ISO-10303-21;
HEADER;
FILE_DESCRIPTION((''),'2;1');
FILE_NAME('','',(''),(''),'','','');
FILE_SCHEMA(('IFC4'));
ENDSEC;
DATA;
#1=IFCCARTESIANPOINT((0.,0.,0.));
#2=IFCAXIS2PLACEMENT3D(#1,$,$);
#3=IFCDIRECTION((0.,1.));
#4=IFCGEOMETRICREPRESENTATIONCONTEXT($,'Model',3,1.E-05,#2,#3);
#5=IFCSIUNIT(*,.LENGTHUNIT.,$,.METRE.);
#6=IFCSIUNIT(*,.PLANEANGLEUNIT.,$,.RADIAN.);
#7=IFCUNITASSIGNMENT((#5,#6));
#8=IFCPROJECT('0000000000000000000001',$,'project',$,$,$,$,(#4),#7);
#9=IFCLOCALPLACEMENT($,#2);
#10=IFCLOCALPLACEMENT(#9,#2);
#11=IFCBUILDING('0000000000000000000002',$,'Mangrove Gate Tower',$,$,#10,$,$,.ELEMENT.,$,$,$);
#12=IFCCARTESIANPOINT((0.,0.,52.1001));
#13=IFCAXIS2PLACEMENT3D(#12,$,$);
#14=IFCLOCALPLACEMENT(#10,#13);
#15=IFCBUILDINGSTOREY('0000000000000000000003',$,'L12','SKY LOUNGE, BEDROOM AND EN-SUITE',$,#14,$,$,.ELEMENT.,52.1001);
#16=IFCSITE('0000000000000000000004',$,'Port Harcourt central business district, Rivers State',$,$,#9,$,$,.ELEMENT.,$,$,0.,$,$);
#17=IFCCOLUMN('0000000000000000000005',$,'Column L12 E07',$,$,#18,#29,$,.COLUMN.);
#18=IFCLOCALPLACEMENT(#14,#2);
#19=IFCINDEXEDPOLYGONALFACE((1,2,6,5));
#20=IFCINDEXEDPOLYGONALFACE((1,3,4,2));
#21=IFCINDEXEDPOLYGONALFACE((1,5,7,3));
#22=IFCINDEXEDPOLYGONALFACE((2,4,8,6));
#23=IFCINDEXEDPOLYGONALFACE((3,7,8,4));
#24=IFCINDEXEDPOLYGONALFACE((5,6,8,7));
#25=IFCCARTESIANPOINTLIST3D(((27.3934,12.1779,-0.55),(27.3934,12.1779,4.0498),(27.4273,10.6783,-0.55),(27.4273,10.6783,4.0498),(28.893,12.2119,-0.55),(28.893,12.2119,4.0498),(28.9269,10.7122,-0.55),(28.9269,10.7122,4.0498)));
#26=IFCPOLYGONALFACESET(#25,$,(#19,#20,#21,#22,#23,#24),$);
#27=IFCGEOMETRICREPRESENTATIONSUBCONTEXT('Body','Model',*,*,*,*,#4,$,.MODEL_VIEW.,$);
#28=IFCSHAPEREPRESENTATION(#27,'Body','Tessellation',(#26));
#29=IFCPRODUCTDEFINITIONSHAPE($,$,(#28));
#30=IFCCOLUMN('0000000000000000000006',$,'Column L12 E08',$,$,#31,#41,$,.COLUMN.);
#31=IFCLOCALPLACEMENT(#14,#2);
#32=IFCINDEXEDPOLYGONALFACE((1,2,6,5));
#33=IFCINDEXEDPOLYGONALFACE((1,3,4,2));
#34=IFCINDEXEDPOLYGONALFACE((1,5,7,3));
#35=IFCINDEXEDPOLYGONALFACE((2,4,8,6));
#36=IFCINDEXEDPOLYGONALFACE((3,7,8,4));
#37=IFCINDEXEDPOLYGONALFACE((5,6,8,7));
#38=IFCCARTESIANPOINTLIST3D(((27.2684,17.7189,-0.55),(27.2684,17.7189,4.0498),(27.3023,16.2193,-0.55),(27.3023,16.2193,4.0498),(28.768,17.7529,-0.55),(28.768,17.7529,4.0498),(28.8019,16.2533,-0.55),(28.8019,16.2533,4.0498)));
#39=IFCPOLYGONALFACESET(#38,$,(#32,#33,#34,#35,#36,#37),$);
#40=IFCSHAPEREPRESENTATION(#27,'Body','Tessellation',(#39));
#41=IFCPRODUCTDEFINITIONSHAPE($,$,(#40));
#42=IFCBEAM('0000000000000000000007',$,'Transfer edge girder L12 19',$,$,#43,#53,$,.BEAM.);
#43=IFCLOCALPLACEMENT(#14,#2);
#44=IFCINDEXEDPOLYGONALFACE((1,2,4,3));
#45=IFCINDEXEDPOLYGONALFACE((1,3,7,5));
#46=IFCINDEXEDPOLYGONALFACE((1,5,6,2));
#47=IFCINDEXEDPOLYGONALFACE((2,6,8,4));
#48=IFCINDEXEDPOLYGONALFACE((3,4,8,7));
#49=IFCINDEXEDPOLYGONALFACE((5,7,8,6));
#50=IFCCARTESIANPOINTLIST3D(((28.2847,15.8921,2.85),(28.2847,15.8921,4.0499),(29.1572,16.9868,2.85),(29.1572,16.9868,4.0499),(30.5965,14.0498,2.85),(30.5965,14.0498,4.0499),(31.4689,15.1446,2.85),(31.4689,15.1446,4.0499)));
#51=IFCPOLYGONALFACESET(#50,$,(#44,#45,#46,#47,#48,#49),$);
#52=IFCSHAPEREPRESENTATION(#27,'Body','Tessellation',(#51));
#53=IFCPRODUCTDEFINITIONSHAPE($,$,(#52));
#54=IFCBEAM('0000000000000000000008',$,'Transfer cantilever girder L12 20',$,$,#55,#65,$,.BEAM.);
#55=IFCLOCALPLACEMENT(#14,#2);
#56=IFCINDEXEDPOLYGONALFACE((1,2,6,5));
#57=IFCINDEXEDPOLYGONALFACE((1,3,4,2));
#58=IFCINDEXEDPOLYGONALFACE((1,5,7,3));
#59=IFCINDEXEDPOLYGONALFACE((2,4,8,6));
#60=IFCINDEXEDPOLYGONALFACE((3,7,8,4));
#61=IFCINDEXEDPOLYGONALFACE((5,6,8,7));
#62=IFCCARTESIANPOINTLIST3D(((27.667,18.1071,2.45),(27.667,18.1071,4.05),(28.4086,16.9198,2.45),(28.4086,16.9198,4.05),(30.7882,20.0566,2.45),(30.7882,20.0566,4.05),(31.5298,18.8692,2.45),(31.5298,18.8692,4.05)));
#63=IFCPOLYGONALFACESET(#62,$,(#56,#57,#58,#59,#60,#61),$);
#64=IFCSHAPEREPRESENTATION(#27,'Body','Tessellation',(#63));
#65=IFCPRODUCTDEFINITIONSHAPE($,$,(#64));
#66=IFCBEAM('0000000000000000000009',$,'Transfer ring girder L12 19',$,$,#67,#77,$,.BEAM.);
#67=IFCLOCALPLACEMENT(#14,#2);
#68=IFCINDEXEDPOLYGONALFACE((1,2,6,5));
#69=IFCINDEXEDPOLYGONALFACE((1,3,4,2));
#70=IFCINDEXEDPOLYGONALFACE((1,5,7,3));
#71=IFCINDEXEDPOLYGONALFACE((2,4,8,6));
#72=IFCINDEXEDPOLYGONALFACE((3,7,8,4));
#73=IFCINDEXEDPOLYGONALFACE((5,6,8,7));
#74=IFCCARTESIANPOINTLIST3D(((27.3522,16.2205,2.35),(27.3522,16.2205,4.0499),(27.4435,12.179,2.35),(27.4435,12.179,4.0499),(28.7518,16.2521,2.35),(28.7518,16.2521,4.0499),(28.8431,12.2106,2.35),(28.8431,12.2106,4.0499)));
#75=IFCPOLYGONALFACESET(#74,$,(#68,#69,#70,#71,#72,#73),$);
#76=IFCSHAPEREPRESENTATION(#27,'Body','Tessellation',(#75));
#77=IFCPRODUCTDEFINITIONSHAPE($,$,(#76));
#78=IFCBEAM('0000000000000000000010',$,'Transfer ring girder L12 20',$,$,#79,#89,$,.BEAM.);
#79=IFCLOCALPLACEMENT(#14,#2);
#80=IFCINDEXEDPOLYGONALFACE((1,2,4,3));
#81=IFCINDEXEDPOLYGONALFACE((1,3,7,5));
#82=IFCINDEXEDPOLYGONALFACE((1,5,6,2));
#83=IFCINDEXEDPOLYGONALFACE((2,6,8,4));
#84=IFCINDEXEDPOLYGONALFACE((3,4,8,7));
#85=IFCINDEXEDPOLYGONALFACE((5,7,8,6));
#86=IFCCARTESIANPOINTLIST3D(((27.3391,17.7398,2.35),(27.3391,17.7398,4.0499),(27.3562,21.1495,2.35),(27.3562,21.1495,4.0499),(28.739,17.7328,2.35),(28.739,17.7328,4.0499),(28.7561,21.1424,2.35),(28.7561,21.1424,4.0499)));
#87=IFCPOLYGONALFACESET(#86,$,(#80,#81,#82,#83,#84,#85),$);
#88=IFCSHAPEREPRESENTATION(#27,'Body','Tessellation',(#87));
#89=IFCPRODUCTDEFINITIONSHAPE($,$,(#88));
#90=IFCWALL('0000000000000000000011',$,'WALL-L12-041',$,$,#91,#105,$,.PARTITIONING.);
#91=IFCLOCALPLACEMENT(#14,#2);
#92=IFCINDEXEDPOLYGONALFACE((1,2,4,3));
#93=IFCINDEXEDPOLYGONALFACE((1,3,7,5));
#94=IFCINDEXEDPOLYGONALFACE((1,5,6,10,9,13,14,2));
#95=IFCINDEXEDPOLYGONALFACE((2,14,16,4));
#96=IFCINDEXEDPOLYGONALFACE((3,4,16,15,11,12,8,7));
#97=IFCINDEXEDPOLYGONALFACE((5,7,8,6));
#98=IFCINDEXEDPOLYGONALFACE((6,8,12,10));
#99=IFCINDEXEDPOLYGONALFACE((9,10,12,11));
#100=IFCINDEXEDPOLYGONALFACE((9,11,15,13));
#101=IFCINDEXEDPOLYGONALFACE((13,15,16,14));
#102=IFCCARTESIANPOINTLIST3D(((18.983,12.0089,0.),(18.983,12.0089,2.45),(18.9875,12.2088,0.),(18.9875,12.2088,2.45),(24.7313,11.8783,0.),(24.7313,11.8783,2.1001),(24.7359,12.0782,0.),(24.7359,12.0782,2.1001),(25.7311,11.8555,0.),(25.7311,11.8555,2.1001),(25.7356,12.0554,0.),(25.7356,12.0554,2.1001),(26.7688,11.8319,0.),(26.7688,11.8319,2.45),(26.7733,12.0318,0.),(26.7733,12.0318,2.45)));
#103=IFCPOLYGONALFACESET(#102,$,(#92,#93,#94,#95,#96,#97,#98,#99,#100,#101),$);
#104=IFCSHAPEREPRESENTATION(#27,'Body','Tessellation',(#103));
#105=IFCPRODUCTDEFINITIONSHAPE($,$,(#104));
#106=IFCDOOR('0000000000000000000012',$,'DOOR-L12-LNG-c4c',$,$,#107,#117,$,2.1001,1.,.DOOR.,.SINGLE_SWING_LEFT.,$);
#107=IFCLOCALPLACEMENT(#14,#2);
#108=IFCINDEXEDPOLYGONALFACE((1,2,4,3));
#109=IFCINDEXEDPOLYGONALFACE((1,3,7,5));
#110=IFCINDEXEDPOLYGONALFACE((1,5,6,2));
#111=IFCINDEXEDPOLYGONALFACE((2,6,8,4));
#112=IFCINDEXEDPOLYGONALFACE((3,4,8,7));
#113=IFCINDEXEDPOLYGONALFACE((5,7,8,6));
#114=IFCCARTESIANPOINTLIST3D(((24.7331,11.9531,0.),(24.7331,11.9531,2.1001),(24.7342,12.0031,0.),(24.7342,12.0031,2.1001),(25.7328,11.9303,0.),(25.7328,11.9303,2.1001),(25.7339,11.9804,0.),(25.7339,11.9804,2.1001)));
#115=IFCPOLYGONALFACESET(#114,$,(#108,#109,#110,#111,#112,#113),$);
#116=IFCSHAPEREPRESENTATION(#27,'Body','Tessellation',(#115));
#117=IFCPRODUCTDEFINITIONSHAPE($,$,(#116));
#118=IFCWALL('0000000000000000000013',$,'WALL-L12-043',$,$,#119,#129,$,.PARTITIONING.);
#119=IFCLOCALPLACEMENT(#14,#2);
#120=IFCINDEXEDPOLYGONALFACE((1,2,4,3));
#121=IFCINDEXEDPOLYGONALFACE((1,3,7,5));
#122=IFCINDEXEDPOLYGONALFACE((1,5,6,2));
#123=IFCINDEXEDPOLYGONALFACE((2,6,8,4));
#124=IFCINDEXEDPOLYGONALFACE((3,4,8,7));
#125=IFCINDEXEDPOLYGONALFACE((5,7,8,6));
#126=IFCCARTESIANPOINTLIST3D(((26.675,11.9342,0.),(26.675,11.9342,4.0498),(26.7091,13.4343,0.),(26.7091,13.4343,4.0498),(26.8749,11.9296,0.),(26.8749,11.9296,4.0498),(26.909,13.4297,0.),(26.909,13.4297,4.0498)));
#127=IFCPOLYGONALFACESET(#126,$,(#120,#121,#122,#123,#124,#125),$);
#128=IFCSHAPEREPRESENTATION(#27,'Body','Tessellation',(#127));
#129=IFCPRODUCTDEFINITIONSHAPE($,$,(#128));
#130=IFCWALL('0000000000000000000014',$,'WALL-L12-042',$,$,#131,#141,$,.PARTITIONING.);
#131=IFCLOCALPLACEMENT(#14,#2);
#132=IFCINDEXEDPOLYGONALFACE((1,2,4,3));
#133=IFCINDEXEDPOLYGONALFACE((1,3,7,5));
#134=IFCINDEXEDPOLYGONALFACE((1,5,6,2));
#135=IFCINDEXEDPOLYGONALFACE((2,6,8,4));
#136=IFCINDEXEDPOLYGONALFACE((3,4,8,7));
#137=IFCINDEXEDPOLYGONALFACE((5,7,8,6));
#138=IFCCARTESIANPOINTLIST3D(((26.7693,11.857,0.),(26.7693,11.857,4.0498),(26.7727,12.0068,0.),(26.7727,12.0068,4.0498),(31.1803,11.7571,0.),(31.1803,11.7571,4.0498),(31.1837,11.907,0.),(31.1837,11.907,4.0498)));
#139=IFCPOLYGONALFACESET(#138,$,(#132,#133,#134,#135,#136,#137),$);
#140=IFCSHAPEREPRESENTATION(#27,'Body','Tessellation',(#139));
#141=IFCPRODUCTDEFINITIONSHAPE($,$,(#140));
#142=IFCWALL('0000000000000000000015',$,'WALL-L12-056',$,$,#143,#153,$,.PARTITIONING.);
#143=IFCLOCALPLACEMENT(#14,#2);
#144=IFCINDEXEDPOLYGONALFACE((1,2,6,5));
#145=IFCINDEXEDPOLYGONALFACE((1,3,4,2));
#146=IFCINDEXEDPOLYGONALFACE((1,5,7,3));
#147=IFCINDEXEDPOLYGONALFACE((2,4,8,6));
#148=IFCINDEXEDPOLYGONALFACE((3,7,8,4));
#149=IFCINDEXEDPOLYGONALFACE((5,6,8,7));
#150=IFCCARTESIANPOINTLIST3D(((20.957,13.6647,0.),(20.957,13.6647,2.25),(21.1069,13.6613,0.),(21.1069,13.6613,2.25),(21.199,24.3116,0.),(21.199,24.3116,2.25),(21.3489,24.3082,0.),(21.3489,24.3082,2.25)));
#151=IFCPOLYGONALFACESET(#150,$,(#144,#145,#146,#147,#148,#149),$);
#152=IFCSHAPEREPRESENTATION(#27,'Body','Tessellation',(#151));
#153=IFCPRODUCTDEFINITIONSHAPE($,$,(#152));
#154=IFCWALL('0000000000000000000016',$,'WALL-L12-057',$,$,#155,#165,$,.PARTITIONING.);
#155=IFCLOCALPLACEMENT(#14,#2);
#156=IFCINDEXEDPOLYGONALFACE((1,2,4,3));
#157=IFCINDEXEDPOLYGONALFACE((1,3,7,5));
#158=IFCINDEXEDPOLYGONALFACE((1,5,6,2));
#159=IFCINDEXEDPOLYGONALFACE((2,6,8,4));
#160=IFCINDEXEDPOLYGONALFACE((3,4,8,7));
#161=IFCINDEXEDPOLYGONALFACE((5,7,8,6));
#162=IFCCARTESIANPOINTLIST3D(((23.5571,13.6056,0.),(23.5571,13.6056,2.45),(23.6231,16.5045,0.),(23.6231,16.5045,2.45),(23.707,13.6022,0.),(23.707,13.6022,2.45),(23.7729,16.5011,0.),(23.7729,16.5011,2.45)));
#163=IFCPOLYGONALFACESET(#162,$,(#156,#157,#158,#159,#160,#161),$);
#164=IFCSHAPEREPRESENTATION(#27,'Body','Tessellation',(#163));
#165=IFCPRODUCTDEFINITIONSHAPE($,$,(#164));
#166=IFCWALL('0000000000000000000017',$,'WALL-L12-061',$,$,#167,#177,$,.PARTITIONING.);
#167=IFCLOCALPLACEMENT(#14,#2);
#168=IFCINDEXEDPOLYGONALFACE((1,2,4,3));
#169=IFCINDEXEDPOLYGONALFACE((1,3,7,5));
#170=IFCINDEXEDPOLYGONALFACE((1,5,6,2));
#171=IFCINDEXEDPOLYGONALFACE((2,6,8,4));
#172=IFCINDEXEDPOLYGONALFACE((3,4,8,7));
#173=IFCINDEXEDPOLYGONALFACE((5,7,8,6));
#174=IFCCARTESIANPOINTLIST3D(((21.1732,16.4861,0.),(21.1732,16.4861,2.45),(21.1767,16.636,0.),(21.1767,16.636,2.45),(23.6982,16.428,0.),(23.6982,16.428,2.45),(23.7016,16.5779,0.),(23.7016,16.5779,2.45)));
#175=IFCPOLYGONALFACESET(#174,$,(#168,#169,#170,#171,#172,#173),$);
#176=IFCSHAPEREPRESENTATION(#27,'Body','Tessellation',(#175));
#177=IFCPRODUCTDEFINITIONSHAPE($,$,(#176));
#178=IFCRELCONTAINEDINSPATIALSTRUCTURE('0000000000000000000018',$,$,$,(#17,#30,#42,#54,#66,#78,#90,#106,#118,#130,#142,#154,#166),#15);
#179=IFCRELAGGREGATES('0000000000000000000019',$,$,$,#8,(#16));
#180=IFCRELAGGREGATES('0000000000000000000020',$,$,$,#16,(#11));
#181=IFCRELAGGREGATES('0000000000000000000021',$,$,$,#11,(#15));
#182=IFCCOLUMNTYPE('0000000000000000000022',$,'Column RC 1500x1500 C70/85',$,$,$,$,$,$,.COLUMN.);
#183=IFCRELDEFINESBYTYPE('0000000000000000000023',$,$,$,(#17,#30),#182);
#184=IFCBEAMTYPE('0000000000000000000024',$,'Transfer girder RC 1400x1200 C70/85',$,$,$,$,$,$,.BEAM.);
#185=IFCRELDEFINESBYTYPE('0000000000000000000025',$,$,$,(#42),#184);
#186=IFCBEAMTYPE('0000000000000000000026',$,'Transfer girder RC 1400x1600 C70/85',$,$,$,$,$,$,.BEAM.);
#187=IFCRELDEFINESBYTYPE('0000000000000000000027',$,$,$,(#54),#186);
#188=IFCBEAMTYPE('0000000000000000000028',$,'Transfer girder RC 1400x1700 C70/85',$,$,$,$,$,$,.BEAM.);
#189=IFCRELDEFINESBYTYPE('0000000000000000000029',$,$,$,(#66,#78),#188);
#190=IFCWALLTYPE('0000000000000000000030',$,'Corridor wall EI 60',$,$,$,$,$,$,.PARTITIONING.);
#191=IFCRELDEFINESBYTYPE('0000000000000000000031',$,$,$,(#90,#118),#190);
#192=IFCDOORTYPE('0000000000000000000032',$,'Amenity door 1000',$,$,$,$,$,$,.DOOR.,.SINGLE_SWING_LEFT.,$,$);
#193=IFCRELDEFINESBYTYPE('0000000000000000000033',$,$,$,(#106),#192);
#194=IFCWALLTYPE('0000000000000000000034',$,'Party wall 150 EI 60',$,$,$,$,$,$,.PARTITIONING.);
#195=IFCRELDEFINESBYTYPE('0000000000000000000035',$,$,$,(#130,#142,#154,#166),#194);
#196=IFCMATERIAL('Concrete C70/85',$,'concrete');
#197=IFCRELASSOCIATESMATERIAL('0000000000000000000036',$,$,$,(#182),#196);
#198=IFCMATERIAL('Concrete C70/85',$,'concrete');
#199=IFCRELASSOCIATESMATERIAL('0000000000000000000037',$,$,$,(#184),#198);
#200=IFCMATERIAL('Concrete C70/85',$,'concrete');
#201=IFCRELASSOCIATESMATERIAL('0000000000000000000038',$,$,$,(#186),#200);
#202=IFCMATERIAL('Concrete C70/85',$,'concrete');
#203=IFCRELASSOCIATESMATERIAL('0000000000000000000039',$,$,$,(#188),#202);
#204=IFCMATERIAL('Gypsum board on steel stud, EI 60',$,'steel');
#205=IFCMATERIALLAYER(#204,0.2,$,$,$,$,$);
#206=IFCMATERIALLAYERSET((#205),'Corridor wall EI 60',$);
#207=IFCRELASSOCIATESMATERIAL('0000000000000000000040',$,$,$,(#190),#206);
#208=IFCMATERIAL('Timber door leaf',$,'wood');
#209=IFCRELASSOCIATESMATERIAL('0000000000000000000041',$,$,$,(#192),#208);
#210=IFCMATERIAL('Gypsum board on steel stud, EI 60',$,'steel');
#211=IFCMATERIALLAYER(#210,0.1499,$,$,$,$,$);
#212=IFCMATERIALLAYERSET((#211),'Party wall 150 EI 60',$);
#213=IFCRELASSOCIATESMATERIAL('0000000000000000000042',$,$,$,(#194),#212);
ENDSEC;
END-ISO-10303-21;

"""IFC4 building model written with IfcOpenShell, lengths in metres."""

from ifc_helpers import new_model, si_unit, direction, frame, frame_2d, origin, origin_2d, place, context, subcontext, project, spatial, rectangle, extrude, material, layer, layer_set, material_profile, profile_set, type_object, element, fill, save


model = new_model("IFC4")

# Units and contexts
model_context = context("Model", 3, precision=1e-05, world=origin(), true_north=direction((0.0, 1.0)))
body_context = subcontext(model_context, "Body", "Model", "MODEL_VIEW")
ifc_project = project(units=[si_unit("LENGTHUNIT", "METRE"), si_unit("PLANEANGLEUNIT", "RADIAN")], contexts=[model_context])

# Site, building, storey
site_placement = place(None, origin())
site = spatial("IfcSite", under=ifc_project, at=site_placement, Name="Port Harcourt central business district, Rivers State", CompositionType="ELEMENT", RefElevation=0.0)
building_placement = place(site_placement, origin())
building = spatial("IfcBuilding", under=site, at=building_placement, Name="Mangrove Gate Tower", CompositionType="ELEMENT")
storey_placement = place(building_placement, frame((0.0, 0.0, 52.1001)))
storey = spatial("IfcBuildingStorey", under=building, at=storey_placement, Name="L12", Description="SKY LOUNGE, BEDROOM AND EN-SUITE", CompositionType="ELEMENT", Elevation=52.1001)

# Columns
ifc_material_1 = material(Name="Concrete C70/85", Category="concrete")
ifc_material_profile_1 = material_profile(ifc_material_1, rectangle(XDim=1.5, YDim=1.5, at=origin_2d()))
ifc_profile_set_1 = profile_set([ifc_material_profile_1], Name="Concrete C70/85")
column_type = type_object("IfcColumnType", Name="Column RC 1500x1500 C70/85", PredefinedType="COLUMN", material=ifc_profile_set_1)
for number, where, z_axis, x_axis, name in (
    (1, (28.1602, 11.4451, -0.55), (0.0, 0.0, 1.0), (-0.022646, 0.999744, 0.0), "Column L12 E07"),
    (2, (28.0352, 16.9861, -0.55), (0.0, 0.0, 1.0), (-0.022646, 0.999744, 0.0), "Column L12 E08"),
):
    element("IfcColumn", number, at=place(storey_placement, frame(where, z_axis=z_axis, x_axis=x_axis)), inside=storey, type_object=column_type, Name=name, PredefinedType="COLUMN", context=body_context, shape_type="SweptSolid", body=[
        extrude(rectangle(XDim=1.5, YDim=1.5, at=origin_2d()), origin(), (0.0, 0.0, 1.0), 4.5999),
    ])

# Beams
ifc_material_2 = material(Name="Concrete C70/85", Category="concrete")
ifc_material_profile_2 = material_profile(ifc_material_2, rectangle(XDim=1.3999, YDim=1.2, at=origin_2d()))
ifc_profile_set_2 = profile_set([ifc_material_profile_2], Name="Concrete C70/85")
beam_type_1 = type_object("IfcBeamType", Name="Transfer girder RC 1400x1200 C70/85", PredefinedType="BEAM", material=ifc_profile_set_2)
beam_1_placement = place(storey_placement, frame((28.7209, 16.4395, 3.45), z_axis=(0.782044, -0.623223, 0.0), x_axis=(0.623223, 0.782044, 0.0)))
element("IfcBeam", 3, at=beam_1_placement, inside=storey, type_object=beam_type_1, Name="Transfer edge girder L12 19", PredefinedType="BEAM", context=body_context, shape_type="SweptSolid", body=[
    extrude(rectangle(XDim=1.3999, YDim=1.2, at=origin_2d()), origin(), (0.0, 0.0, 1.0), 2.9561),
])
ifc_material_3 = material(Name="Concrete C70/85", Category="concrete")
ifc_material_profile_3 = material_profile(ifc_material_3, rectangle(XDim=1.3999, YDim=1.6001, at=origin_2d()))
ifc_profile_set_3 = profile_set([ifc_material_profile_3], Name="Concrete C70/85")
beam_type_2 = type_object("IfcBeamType", Name="Transfer girder RC 1400x1600 C70/85", PredefinedType="BEAM", material=ifc_profile_set_3)
beam_2_placement = place(storey_placement, frame((28.0378, 17.5134, 3.25), z_axis=(0.848147, 0.52976, 0.0), x_axis=(-0.52976, 0.848147, 0.0)))
element("IfcBeam", 4, at=beam_2_placement, inside=storey, type_object=beam_type_2, Name="Transfer cantilever girder L12 20", PredefinedType="BEAM", context=body_context, shape_type="SweptSolid", body=[
    extrude(rectangle(XDim=1.3999, YDim=1.6001, at=origin_2d()), origin(), (0.0, 0.0, 1.0), 3.6799),
])
ifc_material_4 = material(Name="Concrete C70/85", Category="concrete")
ifc_material_profile_4 = material_profile(ifc_material_4, rectangle(XDim=1.3999, YDim=1.7, at=origin_2d()))
ifc_profile_set_4 = profile_set([ifc_material_profile_4], Name="Concrete C70/85")
beam_type_3 = type_object("IfcBeamType", Name="Transfer girder RC 1400x1700 C70/85", PredefinedType="BEAM", material=ifc_profile_set_4)
beam_3_placement = place(storey_placement, frame((28.1433, 12.1948, 3.2), z_axis=(-0.022587, 0.999745, 0.0), x_axis=(-0.999745, -0.022587, 0.0)))
element("IfcBeam", 5, at=beam_3_placement, inside=storey, type_object=beam_type_3, Name="Transfer ring girder L12 19", PredefinedType="BEAM", context=body_context, shape_type="SweptSolid", body=[
    extrude(rectangle(XDim=1.3999, YDim=1.7, at=origin_2d()), origin(), (0.0, 0.0, 1.0), 4.0425),
])
beam_4_placement = place(storey_placement, frame((28.0391, 17.7363, 3.2), z_axis=(0.005012, 0.999987, 0.0), x_axis=(-0.999987, 0.005012, 0.0)))
element("IfcBeam", 6, at=beam_4_placement, inside=storey, type_object=beam_type_3, Name="Transfer ring girder L12 20", PredefinedType="BEAM", context=body_context, shape_type="SweptSolid", body=[
    extrude(rectangle(XDim=1.3999, YDim=1.7, at=origin_2d()), origin(), (0.0, 0.0, 1.0), 3.4097),
])

# Wall, opening, door
ifc_material_5 = material(Name="Gypsum board on steel stud, EI 60", Category="steel")
ifc_layer_1 = layer(ifc_material_5, 0.2)
ifc_layer_set_1 = layer_set([ifc_layer_1], Name="Corridor wall EI 60")
wall_type_1 = type_object("IfcWallType", Name="Corridor wall EI 60", PredefinedType="PARTITIONING", material=ifc_layer_set_1)
wall_1_placement = place(storey_placement, frame((18.9851, 12.1089, 0.0), z_axis=(0.0, 0.0, 1.0), x_axis=(0.999742, -0.022728, 0.0)))
wall_1 = element("IfcWall", 7, at=wall_1_placement, inside=storey, type_object=wall_type_1, Name="WALL-L12-041", PredefinedType="PARTITIONING", context=body_context, shape_type="SweptSolid", body=[
    extrude(rectangle(XDim=7.7878, YDim=0.2, at=frame_2d((3.894, 0.0))), origin(), (0.0, 0.0, 1.0), 2.45),
])
opening_placement = place(wall_1_placement, frame((5.75, 0.0, 0.0)))
opening = element("IfcOpeningElement", 8, at=opening_placement, cuts=wall_1, PredefinedType="OPENING", context=body_context, shape_type="SweptSolid", body=[
    extrude(rectangle(XDim=1.0, YDim=2.1001, at=frame_2d((0.5, 1.05))), frame((0.0, 0.1099, 0.0), z_axis=(0.0, -1.0, 0.0), x_axis=(1.0, 0.0, 0.0)), (0.0, 0.0, 1.0), 0.22),
])
ifc_material_6 = material(Name="Timber door leaf", Category="wood")
door_type = type_object("IfcDoorType", Name="Amenity door 1000", OperationType="SINGLE_SWING_LEFT", PredefinedType="DOOR", material=ifc_material_6)
door_placement = place(opening_placement, origin())
door = element("IfcDoor", 9, at=door_placement, inside=storey, type_object=door_type, Name="DOOR-L12-LNG-c4c", OperationType="SINGLE_SWING_LEFT", OverallHeight=2.1001, OverallWidth=1.0, PredefinedType="DOOR", context=body_context, shape_type="SweptSolid", body=[
    extrude(rectangle(XDim=1.0, YDim=2.1001, at=frame_2d((0.5, 1.05))), frame((0.0, 0.0249, 0.0), z_axis=(0.0, -1.0, 0.0), x_axis=(1.0, 0.0, 0.0)), (0.0, 0.0, 1.0), 0.05),
])
fill(opening, door)

# Walls
wall_2_placement = place(storey_placement, frame((26.7749, 11.9319, 0.0), z_axis=(0.0, 0.0, 1.0), x_axis=(0.022781, 0.99974, 0.0)))
element("IfcWall", 10, at=wall_2_placement, inside=storey, type_object=wall_type_1, Name="WALL-L12-043", PredefinedType="PARTITIONING", context=body_context, shape_type="SweptSolid", body=[
    extrude(rectangle(XDim=1.5005, YDim=0.2, at=frame_2d((0.7502, 0.0))), origin(), (0.0, 0.0, 1.0), 4.0498),
])
ifc_material_7 = material(Name="Gypsum board on steel stud, EI 60", Category="steel")
ifc_layer_2 = layer(ifc_material_7, 0.1499)
ifc_layer_set_2 = layer_set([ifc_layer_2], Name="Party wall 150 EI 60")
wall_type_2 = type_object("IfcWallType", Name="Party wall 150 EI 60", PredefinedType="PARTITIONING", material=ifc_layer_set_2)
wall_3_placement = place(storey_placement, frame((26.771, 11.9319, 0.0), z_axis=(0.0, 0.0, 1.0), x_axis=(0.999744, -0.022632, 0.0)))
element("IfcWall", 11, at=wall_3_placement, inside=storey, type_object=wall_type_2, Name="WALL-L12-042", PredefinedType="PARTITIONING", context=body_context, shape_type="SweptSolid", body=[
    extrude(rectangle(XDim=4.4121, YDim=0.1499, at=frame_2d((2.2061, 0.0))), origin(), (0.0, 0.0, 1.0), 4.0498),
])
wall_4_placement = place(storey_placement, frame((21.032, 13.6631, 0.0), z_axis=(0.0, 0.0, 1.0), x_axis=(0.022718, 0.999742, 0.0)))
element("IfcWall", 12, at=wall_4_placement, inside=storey, type_object=wall_type_2, Name="WALL-L12-056", PredefinedType="PARTITIONING", context=body_context, shape_type="SweptSolid", body=[
    extrude(rectangle(XDim=10.6497, YDim=0.1499, at=frame_2d((5.3247, 0.0))), origin(), (0.0, 0.0, 1.0), 2.25),
])
wall_5_placement = place(storey_placement, frame((23.6321, 13.604, 0.0), z_axis=(0.0, 0.0, 1.0), x_axis=(0.022733, 0.999742, 0.0)))
element("IfcWall", 13, at=wall_5_placement, inside=storey, type_object=wall_type_2, Name="WALL-L12-057", PredefinedType="PARTITIONING", context=body_context, shape_type="SweptSolid", body=[
    extrude(rectangle(XDim=2.8997, YDim=0.1499, at=frame_2d((1.4497, 0.0))), origin(), (0.0, 0.0, 1.0), 2.45),
])
wall_6_placement = place(storey_placement, frame((21.175, 16.561, 0.0), z_axis=(0.0, 0.0, 1.0), x_axis=(0.999735, -0.023007, 0.0)))
element("IfcWall", 14, at=wall_6_placement, inside=storey, type_object=wall_type_2, Name="WALL-L12-061", PredefinedType="PARTITIONING", context=body_context, shape_type="SweptSolid", body=[
    extrude(rectangle(XDim=2.5256, YDim=0.1499, at=frame_2d((1.2627, 0.0))), origin(), (0.0, 0.0, 1.0), 2.45),
])

save(model, "model.ifc")
